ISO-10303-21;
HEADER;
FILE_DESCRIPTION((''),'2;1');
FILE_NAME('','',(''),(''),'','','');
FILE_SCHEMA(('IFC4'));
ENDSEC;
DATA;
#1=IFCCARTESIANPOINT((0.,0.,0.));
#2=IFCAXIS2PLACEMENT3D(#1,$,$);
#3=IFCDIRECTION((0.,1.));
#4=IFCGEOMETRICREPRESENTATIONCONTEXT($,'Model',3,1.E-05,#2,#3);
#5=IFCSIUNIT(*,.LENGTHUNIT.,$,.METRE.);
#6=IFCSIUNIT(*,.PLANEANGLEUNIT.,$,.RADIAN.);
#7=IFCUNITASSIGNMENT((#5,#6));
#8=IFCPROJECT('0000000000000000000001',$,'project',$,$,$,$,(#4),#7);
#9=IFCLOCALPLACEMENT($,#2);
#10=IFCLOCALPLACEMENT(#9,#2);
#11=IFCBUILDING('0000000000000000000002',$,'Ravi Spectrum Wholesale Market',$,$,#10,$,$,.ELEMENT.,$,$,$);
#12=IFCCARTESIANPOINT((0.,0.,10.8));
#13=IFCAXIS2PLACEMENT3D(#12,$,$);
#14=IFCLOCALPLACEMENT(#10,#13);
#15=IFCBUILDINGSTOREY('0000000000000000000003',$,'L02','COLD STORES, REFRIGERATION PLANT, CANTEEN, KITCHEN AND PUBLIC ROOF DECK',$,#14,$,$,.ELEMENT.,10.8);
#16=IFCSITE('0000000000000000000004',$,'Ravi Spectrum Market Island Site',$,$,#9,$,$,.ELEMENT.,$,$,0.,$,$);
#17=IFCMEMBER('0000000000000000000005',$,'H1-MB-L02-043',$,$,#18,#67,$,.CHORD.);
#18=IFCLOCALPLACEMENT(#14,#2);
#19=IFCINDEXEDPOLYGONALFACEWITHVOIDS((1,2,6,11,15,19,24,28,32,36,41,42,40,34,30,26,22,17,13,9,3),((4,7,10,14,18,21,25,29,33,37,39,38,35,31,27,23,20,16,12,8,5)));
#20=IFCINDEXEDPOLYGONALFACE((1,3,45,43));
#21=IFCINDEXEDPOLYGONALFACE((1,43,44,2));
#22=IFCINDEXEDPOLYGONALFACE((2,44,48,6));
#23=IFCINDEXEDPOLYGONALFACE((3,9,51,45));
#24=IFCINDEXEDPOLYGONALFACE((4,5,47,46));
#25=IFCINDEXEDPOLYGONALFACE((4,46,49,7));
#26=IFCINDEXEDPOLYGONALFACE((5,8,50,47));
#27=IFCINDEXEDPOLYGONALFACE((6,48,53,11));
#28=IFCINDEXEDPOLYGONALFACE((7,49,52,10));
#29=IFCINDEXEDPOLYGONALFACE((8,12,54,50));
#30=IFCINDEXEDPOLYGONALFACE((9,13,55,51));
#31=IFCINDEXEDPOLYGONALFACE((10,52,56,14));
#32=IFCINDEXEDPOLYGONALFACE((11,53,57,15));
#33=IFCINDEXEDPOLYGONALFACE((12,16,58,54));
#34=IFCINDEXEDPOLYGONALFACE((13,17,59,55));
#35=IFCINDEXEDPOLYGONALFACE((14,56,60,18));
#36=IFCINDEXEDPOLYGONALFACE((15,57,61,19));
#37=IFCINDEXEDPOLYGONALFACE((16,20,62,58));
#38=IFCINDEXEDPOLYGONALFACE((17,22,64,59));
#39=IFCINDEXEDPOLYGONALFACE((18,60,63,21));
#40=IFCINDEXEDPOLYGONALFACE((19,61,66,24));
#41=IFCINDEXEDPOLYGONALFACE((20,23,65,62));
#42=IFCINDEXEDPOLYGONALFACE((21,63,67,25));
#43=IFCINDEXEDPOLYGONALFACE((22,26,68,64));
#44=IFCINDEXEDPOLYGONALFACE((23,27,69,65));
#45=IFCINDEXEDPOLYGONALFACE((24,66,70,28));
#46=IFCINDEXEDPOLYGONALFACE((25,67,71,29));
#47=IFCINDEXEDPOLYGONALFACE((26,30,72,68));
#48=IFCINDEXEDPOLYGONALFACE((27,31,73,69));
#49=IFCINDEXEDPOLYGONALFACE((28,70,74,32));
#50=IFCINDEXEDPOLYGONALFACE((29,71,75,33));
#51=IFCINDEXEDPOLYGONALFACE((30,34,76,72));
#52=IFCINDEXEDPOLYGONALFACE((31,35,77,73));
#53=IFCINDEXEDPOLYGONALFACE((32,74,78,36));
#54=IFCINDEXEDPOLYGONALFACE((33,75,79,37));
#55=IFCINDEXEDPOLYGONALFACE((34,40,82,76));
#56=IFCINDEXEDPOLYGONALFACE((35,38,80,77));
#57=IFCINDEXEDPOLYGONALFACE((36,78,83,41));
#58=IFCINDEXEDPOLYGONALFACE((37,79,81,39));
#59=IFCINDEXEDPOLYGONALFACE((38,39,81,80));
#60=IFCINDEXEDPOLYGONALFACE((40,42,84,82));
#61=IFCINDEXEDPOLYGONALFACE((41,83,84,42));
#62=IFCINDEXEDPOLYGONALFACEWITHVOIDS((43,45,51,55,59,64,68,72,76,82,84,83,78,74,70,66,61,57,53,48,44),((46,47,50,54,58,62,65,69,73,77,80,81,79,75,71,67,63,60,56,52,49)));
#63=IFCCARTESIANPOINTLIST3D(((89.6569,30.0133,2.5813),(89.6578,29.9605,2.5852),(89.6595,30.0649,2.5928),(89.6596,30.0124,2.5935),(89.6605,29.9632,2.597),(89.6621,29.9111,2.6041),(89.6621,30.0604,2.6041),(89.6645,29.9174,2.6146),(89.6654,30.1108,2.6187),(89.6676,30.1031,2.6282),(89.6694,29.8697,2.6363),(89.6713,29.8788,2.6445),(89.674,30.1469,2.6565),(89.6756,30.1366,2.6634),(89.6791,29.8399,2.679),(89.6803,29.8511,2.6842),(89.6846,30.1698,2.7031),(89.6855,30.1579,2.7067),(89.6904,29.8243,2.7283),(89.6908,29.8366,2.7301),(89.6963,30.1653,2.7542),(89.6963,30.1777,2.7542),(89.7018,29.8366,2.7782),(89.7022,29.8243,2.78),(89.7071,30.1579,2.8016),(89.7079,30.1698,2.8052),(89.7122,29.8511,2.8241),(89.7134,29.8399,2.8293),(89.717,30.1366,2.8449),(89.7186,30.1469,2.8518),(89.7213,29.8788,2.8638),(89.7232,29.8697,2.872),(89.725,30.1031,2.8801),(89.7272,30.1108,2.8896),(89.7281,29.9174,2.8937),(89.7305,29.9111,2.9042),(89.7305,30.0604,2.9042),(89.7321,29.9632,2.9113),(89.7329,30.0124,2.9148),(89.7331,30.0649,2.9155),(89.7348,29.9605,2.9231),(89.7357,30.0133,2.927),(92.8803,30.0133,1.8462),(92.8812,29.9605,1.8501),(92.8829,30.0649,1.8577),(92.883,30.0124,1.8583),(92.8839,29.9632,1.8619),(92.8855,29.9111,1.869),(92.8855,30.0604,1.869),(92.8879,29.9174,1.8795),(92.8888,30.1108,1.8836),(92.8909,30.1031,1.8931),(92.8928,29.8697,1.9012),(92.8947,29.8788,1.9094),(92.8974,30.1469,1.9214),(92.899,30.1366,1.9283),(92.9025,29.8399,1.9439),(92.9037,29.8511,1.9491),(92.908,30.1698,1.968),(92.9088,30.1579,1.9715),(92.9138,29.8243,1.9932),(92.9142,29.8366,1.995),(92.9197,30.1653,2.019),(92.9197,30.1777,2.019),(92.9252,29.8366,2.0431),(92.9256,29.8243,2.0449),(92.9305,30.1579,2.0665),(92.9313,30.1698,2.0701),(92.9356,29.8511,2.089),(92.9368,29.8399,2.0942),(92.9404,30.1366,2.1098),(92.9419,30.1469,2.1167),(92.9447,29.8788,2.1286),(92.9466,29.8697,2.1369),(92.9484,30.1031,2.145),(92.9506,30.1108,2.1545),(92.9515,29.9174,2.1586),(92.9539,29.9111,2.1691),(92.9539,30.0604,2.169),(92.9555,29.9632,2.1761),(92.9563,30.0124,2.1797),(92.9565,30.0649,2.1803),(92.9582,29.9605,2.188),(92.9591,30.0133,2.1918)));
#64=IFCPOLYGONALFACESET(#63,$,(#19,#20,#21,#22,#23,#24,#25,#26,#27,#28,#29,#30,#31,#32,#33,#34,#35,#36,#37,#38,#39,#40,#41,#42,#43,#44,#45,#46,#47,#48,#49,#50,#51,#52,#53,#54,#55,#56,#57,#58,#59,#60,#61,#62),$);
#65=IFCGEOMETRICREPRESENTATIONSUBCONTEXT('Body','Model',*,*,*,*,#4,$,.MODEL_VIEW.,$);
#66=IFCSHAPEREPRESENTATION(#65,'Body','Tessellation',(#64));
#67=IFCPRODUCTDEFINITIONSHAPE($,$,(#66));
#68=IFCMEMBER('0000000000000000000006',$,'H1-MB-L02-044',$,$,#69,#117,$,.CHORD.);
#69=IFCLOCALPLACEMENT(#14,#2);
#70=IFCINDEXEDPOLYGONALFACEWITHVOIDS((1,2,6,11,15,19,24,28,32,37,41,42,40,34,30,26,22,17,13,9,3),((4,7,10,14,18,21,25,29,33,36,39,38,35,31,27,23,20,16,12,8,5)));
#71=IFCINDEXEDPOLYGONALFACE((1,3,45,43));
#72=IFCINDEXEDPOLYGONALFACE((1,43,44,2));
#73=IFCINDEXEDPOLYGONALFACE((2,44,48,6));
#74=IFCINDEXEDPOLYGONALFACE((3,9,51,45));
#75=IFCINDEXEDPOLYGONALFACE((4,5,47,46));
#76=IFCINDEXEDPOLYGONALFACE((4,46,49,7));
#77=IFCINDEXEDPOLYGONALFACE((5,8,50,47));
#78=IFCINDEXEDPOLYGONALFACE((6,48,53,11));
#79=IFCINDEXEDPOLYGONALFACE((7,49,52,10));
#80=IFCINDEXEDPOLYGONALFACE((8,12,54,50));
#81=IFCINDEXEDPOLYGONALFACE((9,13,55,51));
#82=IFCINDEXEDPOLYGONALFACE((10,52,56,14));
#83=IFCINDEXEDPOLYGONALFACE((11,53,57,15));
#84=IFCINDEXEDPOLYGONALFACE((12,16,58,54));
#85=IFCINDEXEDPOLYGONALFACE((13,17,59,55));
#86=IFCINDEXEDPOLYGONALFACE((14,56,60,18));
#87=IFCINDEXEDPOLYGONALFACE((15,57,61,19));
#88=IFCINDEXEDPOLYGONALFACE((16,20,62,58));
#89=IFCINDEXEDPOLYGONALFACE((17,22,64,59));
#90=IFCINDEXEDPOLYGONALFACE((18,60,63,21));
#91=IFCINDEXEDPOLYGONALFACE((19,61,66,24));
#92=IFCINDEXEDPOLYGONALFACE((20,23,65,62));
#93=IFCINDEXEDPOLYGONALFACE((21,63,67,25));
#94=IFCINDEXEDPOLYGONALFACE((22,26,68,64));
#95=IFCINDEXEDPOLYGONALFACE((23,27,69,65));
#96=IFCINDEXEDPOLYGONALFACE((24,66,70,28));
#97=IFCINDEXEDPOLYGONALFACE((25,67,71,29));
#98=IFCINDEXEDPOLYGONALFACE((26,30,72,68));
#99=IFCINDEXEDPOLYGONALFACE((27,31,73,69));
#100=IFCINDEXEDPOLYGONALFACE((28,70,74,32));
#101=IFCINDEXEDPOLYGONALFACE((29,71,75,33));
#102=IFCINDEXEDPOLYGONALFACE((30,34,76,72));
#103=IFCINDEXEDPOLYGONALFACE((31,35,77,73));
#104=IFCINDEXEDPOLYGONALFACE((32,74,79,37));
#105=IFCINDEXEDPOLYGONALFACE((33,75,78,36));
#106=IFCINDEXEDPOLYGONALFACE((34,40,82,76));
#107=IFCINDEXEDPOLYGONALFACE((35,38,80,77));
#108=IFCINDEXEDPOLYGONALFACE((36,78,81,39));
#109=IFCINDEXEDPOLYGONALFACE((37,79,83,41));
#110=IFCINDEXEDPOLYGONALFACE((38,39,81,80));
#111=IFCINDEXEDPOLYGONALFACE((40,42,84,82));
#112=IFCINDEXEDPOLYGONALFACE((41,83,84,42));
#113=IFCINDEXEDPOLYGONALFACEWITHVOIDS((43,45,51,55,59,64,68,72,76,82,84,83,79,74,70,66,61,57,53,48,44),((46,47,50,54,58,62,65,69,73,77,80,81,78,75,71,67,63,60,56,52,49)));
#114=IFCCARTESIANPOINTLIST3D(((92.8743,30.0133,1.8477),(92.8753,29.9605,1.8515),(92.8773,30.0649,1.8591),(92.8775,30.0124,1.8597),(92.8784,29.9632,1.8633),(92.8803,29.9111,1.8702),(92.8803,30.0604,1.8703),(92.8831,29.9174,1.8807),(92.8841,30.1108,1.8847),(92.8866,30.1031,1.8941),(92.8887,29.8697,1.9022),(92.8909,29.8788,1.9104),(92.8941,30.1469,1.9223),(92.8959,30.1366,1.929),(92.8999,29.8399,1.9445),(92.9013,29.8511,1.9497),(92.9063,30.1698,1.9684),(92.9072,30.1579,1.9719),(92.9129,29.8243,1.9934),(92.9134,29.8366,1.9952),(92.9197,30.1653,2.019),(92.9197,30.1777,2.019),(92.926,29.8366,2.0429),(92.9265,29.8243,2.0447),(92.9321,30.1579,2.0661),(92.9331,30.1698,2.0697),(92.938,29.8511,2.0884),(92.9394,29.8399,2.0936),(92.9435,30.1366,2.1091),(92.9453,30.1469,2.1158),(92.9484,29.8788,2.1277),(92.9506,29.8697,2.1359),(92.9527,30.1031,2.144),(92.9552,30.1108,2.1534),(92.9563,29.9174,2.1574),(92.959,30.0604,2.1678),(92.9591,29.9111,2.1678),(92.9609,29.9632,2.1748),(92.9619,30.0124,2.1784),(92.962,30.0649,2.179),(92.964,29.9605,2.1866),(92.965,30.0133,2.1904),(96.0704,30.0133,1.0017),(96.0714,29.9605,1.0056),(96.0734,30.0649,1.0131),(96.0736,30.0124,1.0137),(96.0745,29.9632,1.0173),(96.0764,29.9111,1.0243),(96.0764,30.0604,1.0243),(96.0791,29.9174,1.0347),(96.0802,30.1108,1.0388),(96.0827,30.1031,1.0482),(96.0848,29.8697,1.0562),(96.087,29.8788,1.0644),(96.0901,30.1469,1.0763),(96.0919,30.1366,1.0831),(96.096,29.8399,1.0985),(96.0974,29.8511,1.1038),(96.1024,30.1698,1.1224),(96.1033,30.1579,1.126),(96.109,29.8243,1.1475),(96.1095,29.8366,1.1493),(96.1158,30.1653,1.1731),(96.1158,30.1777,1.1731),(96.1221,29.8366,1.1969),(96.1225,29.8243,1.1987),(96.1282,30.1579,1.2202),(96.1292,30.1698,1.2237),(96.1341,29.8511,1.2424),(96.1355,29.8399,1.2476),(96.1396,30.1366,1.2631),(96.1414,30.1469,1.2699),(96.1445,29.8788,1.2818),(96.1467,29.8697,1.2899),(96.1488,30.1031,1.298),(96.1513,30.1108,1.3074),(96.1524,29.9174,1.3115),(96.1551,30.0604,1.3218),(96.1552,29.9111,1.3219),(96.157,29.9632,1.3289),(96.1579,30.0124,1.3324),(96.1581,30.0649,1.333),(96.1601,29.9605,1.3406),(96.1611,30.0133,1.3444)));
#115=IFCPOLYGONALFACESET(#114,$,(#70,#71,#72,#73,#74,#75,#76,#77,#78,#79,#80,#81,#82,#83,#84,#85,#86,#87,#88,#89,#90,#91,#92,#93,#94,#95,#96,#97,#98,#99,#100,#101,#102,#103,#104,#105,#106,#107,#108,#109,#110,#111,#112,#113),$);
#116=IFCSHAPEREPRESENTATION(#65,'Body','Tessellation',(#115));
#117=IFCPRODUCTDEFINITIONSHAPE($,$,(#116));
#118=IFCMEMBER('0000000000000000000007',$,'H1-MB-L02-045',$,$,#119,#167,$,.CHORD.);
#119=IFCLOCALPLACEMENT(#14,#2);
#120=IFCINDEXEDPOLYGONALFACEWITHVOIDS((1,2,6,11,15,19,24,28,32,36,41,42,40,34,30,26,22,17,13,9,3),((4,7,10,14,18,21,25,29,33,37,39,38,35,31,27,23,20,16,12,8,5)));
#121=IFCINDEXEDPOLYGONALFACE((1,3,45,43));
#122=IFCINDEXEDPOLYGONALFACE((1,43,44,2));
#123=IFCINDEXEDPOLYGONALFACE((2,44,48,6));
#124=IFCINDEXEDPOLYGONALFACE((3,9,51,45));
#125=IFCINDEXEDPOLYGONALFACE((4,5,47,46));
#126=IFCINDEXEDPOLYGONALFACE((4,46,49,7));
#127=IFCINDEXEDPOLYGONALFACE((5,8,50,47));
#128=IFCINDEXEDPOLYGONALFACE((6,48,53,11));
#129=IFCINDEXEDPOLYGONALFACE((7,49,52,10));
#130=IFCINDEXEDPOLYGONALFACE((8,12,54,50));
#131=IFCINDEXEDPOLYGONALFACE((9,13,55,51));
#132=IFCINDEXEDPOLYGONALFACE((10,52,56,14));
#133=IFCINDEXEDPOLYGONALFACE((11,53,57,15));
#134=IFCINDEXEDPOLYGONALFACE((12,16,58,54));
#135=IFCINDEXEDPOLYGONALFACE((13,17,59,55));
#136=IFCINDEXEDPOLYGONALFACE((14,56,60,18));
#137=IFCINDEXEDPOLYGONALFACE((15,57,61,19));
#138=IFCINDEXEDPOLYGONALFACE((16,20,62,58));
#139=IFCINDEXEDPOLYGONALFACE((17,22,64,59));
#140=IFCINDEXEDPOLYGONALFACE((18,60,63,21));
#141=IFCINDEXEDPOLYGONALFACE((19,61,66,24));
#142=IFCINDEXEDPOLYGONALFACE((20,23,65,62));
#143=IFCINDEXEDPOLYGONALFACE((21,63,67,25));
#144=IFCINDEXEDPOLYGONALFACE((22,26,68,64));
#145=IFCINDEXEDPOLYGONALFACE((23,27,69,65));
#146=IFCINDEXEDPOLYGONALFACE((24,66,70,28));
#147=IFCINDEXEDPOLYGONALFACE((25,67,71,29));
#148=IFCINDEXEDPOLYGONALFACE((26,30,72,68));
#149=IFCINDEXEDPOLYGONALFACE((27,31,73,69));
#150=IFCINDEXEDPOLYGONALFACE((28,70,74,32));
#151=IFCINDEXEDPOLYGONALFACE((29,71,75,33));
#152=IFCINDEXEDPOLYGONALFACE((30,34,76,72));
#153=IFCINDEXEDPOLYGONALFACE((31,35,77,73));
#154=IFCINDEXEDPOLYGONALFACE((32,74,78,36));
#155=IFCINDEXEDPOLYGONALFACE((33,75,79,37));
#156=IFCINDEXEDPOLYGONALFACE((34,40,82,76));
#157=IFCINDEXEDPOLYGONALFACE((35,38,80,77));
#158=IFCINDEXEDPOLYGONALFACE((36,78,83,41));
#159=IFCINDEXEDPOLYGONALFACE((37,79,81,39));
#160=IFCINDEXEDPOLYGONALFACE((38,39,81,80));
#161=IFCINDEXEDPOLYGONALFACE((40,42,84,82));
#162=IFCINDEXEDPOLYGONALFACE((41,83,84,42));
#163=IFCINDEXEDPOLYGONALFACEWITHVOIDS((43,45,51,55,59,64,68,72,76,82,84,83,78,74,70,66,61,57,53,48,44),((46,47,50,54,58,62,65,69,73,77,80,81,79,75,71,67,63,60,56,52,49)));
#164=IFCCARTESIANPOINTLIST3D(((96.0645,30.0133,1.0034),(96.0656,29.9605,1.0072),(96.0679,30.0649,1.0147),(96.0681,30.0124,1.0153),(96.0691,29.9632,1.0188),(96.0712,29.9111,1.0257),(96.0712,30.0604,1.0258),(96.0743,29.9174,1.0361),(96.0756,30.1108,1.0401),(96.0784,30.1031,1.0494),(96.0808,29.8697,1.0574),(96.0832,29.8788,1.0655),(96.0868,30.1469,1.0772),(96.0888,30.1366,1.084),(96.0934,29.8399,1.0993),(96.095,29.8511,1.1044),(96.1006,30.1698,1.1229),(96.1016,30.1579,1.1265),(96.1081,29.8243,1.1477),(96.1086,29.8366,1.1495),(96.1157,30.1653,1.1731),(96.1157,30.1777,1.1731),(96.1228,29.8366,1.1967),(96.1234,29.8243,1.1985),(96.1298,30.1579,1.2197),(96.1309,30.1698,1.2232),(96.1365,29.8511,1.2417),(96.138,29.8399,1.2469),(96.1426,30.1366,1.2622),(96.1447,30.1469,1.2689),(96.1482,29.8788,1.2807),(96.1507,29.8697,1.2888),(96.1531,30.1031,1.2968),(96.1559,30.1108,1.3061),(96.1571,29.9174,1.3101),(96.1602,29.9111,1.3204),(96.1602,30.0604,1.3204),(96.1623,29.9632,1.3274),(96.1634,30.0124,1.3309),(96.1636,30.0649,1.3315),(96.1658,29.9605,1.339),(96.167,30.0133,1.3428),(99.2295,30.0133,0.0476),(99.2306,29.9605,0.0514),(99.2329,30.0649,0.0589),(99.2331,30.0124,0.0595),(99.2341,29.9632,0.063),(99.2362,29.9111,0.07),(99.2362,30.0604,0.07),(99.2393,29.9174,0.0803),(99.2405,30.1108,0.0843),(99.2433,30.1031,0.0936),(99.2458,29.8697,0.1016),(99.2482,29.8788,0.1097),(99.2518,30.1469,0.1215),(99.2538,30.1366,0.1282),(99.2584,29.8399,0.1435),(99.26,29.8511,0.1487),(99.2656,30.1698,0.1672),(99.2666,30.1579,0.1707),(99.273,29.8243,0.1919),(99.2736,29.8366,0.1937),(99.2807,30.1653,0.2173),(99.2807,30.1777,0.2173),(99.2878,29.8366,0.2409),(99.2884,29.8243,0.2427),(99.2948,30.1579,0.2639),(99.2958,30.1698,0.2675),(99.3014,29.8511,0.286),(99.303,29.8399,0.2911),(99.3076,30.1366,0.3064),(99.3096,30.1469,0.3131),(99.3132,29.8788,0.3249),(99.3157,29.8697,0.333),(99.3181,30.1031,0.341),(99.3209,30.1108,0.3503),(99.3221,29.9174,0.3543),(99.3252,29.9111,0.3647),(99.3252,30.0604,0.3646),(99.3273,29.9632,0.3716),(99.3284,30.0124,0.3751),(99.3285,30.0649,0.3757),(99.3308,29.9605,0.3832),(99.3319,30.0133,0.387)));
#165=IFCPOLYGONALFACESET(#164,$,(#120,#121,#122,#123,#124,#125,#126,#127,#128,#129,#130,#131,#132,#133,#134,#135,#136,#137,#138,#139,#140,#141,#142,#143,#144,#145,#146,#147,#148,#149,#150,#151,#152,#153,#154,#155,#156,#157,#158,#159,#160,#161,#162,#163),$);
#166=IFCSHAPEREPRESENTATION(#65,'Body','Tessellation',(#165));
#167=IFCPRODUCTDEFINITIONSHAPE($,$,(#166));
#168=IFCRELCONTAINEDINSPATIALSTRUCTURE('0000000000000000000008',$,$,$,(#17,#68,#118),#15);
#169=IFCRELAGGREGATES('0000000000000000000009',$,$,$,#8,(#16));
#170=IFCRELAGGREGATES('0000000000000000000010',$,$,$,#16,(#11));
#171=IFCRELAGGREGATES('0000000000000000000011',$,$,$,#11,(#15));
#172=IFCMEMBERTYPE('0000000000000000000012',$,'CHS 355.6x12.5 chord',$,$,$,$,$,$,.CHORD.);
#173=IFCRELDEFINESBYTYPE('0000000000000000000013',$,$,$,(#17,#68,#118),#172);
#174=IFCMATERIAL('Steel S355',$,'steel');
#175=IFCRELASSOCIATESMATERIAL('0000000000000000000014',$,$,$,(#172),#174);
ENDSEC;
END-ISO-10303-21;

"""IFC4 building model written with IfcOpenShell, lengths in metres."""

from ifc_helpers import new_model, si_unit, direction, frame, origin, origin_2d, place, context, subcontext, project, spatial, hollow_circle, extrude, material, material_profile, profile_set, type_object, element, save


model = new_model("IFC4")

# Units and contexts
model_context = context("Model", 3, precision=1e-05, world=origin(), true_north=direction((0.0, 1.0)))
body_context = subcontext(model_context, "Body", "Model", "MODEL_VIEW")
ifc_project = project(units=[si_unit("LENGTHUNIT", "METRE"), si_unit("PLANEANGLEUNIT", "RADIAN")], contexts=[model_context])

# Site, building, storey
site_placement = place(None, origin())
site = spatial("IfcSite", under=ifc_project, at=site_placement, Name="Ravi Spectrum Market Island Site", CompositionType="ELEMENT", RefElevation=0.0)
building_placement = place(site_placement, origin())
building = spatial("IfcBuilding", under=site, at=building_placement, Name="Ravi Spectrum Wholesale Market", CompositionType="ELEMENT")
storey_placement = place(building_placement, frame((0.0, 0.0, 10.8)))
storey = spatial("IfcBuildingStorey", under=building, at=storey_placement, Name="L02", Description="COLD STORES, REFRIGERATION PLANT, CANTEEN, KITCHEN AND PUBLIC ROOF DECK", CompositionType="ELEMENT", Elevation=10.8)

# Members
ifc_material_1 = material(Name="Steel S355", Category="steel")
ifc_material_profile_1 = material_profile(ifc_material_1, hollow_circle(Radius=0.1777, WallThickness=0.0125, at=origin_2d()))
ifc_profile_set_1 = profile_set([ifc_material_profile_1], Name="Steel S355")
member_type_1 = type_object("IfcMemberType", Name="CHS 355.6x12.5 chord", PredefinedType="CHORD", material=ifc_profile_set_1)
for number, where, z_axis, x_axis, name in (
    (1, (89.6963, 30.0, 2.7542), (0.974968, 0.0, -0.222346), (0.0, 1.0, 0.0), "H1-MB-L02-043"),
    (2, (92.9197, 30.0, 2.019), (0.96671, 0.0, -0.255874), (0.0, 1.0, 0.0), "H1-MB-L02-044"),
    (3, (96.1157, 30.0, 1.1731), (0.9573, 0.0, -0.289095), (0.0, 1.0, 0.0), "H1-MB-L02-045"),
):
    element("IfcMember", number, at=place(storey_placement, frame(where, z_axis=z_axis, x_axis=x_axis)), inside=storey, type_object=member_type_1, Name=name, PredefinedType="CHORD", context=body_context, shape_type="SweptSolid", body=[
        extrude(hollow_circle(Radius=0.1777, WallThickness=0.0125, at=origin_2d()), origin(), (0.0, 0.0, 1.0), 3.3062),
    ])

save(model, "model.ifc")
